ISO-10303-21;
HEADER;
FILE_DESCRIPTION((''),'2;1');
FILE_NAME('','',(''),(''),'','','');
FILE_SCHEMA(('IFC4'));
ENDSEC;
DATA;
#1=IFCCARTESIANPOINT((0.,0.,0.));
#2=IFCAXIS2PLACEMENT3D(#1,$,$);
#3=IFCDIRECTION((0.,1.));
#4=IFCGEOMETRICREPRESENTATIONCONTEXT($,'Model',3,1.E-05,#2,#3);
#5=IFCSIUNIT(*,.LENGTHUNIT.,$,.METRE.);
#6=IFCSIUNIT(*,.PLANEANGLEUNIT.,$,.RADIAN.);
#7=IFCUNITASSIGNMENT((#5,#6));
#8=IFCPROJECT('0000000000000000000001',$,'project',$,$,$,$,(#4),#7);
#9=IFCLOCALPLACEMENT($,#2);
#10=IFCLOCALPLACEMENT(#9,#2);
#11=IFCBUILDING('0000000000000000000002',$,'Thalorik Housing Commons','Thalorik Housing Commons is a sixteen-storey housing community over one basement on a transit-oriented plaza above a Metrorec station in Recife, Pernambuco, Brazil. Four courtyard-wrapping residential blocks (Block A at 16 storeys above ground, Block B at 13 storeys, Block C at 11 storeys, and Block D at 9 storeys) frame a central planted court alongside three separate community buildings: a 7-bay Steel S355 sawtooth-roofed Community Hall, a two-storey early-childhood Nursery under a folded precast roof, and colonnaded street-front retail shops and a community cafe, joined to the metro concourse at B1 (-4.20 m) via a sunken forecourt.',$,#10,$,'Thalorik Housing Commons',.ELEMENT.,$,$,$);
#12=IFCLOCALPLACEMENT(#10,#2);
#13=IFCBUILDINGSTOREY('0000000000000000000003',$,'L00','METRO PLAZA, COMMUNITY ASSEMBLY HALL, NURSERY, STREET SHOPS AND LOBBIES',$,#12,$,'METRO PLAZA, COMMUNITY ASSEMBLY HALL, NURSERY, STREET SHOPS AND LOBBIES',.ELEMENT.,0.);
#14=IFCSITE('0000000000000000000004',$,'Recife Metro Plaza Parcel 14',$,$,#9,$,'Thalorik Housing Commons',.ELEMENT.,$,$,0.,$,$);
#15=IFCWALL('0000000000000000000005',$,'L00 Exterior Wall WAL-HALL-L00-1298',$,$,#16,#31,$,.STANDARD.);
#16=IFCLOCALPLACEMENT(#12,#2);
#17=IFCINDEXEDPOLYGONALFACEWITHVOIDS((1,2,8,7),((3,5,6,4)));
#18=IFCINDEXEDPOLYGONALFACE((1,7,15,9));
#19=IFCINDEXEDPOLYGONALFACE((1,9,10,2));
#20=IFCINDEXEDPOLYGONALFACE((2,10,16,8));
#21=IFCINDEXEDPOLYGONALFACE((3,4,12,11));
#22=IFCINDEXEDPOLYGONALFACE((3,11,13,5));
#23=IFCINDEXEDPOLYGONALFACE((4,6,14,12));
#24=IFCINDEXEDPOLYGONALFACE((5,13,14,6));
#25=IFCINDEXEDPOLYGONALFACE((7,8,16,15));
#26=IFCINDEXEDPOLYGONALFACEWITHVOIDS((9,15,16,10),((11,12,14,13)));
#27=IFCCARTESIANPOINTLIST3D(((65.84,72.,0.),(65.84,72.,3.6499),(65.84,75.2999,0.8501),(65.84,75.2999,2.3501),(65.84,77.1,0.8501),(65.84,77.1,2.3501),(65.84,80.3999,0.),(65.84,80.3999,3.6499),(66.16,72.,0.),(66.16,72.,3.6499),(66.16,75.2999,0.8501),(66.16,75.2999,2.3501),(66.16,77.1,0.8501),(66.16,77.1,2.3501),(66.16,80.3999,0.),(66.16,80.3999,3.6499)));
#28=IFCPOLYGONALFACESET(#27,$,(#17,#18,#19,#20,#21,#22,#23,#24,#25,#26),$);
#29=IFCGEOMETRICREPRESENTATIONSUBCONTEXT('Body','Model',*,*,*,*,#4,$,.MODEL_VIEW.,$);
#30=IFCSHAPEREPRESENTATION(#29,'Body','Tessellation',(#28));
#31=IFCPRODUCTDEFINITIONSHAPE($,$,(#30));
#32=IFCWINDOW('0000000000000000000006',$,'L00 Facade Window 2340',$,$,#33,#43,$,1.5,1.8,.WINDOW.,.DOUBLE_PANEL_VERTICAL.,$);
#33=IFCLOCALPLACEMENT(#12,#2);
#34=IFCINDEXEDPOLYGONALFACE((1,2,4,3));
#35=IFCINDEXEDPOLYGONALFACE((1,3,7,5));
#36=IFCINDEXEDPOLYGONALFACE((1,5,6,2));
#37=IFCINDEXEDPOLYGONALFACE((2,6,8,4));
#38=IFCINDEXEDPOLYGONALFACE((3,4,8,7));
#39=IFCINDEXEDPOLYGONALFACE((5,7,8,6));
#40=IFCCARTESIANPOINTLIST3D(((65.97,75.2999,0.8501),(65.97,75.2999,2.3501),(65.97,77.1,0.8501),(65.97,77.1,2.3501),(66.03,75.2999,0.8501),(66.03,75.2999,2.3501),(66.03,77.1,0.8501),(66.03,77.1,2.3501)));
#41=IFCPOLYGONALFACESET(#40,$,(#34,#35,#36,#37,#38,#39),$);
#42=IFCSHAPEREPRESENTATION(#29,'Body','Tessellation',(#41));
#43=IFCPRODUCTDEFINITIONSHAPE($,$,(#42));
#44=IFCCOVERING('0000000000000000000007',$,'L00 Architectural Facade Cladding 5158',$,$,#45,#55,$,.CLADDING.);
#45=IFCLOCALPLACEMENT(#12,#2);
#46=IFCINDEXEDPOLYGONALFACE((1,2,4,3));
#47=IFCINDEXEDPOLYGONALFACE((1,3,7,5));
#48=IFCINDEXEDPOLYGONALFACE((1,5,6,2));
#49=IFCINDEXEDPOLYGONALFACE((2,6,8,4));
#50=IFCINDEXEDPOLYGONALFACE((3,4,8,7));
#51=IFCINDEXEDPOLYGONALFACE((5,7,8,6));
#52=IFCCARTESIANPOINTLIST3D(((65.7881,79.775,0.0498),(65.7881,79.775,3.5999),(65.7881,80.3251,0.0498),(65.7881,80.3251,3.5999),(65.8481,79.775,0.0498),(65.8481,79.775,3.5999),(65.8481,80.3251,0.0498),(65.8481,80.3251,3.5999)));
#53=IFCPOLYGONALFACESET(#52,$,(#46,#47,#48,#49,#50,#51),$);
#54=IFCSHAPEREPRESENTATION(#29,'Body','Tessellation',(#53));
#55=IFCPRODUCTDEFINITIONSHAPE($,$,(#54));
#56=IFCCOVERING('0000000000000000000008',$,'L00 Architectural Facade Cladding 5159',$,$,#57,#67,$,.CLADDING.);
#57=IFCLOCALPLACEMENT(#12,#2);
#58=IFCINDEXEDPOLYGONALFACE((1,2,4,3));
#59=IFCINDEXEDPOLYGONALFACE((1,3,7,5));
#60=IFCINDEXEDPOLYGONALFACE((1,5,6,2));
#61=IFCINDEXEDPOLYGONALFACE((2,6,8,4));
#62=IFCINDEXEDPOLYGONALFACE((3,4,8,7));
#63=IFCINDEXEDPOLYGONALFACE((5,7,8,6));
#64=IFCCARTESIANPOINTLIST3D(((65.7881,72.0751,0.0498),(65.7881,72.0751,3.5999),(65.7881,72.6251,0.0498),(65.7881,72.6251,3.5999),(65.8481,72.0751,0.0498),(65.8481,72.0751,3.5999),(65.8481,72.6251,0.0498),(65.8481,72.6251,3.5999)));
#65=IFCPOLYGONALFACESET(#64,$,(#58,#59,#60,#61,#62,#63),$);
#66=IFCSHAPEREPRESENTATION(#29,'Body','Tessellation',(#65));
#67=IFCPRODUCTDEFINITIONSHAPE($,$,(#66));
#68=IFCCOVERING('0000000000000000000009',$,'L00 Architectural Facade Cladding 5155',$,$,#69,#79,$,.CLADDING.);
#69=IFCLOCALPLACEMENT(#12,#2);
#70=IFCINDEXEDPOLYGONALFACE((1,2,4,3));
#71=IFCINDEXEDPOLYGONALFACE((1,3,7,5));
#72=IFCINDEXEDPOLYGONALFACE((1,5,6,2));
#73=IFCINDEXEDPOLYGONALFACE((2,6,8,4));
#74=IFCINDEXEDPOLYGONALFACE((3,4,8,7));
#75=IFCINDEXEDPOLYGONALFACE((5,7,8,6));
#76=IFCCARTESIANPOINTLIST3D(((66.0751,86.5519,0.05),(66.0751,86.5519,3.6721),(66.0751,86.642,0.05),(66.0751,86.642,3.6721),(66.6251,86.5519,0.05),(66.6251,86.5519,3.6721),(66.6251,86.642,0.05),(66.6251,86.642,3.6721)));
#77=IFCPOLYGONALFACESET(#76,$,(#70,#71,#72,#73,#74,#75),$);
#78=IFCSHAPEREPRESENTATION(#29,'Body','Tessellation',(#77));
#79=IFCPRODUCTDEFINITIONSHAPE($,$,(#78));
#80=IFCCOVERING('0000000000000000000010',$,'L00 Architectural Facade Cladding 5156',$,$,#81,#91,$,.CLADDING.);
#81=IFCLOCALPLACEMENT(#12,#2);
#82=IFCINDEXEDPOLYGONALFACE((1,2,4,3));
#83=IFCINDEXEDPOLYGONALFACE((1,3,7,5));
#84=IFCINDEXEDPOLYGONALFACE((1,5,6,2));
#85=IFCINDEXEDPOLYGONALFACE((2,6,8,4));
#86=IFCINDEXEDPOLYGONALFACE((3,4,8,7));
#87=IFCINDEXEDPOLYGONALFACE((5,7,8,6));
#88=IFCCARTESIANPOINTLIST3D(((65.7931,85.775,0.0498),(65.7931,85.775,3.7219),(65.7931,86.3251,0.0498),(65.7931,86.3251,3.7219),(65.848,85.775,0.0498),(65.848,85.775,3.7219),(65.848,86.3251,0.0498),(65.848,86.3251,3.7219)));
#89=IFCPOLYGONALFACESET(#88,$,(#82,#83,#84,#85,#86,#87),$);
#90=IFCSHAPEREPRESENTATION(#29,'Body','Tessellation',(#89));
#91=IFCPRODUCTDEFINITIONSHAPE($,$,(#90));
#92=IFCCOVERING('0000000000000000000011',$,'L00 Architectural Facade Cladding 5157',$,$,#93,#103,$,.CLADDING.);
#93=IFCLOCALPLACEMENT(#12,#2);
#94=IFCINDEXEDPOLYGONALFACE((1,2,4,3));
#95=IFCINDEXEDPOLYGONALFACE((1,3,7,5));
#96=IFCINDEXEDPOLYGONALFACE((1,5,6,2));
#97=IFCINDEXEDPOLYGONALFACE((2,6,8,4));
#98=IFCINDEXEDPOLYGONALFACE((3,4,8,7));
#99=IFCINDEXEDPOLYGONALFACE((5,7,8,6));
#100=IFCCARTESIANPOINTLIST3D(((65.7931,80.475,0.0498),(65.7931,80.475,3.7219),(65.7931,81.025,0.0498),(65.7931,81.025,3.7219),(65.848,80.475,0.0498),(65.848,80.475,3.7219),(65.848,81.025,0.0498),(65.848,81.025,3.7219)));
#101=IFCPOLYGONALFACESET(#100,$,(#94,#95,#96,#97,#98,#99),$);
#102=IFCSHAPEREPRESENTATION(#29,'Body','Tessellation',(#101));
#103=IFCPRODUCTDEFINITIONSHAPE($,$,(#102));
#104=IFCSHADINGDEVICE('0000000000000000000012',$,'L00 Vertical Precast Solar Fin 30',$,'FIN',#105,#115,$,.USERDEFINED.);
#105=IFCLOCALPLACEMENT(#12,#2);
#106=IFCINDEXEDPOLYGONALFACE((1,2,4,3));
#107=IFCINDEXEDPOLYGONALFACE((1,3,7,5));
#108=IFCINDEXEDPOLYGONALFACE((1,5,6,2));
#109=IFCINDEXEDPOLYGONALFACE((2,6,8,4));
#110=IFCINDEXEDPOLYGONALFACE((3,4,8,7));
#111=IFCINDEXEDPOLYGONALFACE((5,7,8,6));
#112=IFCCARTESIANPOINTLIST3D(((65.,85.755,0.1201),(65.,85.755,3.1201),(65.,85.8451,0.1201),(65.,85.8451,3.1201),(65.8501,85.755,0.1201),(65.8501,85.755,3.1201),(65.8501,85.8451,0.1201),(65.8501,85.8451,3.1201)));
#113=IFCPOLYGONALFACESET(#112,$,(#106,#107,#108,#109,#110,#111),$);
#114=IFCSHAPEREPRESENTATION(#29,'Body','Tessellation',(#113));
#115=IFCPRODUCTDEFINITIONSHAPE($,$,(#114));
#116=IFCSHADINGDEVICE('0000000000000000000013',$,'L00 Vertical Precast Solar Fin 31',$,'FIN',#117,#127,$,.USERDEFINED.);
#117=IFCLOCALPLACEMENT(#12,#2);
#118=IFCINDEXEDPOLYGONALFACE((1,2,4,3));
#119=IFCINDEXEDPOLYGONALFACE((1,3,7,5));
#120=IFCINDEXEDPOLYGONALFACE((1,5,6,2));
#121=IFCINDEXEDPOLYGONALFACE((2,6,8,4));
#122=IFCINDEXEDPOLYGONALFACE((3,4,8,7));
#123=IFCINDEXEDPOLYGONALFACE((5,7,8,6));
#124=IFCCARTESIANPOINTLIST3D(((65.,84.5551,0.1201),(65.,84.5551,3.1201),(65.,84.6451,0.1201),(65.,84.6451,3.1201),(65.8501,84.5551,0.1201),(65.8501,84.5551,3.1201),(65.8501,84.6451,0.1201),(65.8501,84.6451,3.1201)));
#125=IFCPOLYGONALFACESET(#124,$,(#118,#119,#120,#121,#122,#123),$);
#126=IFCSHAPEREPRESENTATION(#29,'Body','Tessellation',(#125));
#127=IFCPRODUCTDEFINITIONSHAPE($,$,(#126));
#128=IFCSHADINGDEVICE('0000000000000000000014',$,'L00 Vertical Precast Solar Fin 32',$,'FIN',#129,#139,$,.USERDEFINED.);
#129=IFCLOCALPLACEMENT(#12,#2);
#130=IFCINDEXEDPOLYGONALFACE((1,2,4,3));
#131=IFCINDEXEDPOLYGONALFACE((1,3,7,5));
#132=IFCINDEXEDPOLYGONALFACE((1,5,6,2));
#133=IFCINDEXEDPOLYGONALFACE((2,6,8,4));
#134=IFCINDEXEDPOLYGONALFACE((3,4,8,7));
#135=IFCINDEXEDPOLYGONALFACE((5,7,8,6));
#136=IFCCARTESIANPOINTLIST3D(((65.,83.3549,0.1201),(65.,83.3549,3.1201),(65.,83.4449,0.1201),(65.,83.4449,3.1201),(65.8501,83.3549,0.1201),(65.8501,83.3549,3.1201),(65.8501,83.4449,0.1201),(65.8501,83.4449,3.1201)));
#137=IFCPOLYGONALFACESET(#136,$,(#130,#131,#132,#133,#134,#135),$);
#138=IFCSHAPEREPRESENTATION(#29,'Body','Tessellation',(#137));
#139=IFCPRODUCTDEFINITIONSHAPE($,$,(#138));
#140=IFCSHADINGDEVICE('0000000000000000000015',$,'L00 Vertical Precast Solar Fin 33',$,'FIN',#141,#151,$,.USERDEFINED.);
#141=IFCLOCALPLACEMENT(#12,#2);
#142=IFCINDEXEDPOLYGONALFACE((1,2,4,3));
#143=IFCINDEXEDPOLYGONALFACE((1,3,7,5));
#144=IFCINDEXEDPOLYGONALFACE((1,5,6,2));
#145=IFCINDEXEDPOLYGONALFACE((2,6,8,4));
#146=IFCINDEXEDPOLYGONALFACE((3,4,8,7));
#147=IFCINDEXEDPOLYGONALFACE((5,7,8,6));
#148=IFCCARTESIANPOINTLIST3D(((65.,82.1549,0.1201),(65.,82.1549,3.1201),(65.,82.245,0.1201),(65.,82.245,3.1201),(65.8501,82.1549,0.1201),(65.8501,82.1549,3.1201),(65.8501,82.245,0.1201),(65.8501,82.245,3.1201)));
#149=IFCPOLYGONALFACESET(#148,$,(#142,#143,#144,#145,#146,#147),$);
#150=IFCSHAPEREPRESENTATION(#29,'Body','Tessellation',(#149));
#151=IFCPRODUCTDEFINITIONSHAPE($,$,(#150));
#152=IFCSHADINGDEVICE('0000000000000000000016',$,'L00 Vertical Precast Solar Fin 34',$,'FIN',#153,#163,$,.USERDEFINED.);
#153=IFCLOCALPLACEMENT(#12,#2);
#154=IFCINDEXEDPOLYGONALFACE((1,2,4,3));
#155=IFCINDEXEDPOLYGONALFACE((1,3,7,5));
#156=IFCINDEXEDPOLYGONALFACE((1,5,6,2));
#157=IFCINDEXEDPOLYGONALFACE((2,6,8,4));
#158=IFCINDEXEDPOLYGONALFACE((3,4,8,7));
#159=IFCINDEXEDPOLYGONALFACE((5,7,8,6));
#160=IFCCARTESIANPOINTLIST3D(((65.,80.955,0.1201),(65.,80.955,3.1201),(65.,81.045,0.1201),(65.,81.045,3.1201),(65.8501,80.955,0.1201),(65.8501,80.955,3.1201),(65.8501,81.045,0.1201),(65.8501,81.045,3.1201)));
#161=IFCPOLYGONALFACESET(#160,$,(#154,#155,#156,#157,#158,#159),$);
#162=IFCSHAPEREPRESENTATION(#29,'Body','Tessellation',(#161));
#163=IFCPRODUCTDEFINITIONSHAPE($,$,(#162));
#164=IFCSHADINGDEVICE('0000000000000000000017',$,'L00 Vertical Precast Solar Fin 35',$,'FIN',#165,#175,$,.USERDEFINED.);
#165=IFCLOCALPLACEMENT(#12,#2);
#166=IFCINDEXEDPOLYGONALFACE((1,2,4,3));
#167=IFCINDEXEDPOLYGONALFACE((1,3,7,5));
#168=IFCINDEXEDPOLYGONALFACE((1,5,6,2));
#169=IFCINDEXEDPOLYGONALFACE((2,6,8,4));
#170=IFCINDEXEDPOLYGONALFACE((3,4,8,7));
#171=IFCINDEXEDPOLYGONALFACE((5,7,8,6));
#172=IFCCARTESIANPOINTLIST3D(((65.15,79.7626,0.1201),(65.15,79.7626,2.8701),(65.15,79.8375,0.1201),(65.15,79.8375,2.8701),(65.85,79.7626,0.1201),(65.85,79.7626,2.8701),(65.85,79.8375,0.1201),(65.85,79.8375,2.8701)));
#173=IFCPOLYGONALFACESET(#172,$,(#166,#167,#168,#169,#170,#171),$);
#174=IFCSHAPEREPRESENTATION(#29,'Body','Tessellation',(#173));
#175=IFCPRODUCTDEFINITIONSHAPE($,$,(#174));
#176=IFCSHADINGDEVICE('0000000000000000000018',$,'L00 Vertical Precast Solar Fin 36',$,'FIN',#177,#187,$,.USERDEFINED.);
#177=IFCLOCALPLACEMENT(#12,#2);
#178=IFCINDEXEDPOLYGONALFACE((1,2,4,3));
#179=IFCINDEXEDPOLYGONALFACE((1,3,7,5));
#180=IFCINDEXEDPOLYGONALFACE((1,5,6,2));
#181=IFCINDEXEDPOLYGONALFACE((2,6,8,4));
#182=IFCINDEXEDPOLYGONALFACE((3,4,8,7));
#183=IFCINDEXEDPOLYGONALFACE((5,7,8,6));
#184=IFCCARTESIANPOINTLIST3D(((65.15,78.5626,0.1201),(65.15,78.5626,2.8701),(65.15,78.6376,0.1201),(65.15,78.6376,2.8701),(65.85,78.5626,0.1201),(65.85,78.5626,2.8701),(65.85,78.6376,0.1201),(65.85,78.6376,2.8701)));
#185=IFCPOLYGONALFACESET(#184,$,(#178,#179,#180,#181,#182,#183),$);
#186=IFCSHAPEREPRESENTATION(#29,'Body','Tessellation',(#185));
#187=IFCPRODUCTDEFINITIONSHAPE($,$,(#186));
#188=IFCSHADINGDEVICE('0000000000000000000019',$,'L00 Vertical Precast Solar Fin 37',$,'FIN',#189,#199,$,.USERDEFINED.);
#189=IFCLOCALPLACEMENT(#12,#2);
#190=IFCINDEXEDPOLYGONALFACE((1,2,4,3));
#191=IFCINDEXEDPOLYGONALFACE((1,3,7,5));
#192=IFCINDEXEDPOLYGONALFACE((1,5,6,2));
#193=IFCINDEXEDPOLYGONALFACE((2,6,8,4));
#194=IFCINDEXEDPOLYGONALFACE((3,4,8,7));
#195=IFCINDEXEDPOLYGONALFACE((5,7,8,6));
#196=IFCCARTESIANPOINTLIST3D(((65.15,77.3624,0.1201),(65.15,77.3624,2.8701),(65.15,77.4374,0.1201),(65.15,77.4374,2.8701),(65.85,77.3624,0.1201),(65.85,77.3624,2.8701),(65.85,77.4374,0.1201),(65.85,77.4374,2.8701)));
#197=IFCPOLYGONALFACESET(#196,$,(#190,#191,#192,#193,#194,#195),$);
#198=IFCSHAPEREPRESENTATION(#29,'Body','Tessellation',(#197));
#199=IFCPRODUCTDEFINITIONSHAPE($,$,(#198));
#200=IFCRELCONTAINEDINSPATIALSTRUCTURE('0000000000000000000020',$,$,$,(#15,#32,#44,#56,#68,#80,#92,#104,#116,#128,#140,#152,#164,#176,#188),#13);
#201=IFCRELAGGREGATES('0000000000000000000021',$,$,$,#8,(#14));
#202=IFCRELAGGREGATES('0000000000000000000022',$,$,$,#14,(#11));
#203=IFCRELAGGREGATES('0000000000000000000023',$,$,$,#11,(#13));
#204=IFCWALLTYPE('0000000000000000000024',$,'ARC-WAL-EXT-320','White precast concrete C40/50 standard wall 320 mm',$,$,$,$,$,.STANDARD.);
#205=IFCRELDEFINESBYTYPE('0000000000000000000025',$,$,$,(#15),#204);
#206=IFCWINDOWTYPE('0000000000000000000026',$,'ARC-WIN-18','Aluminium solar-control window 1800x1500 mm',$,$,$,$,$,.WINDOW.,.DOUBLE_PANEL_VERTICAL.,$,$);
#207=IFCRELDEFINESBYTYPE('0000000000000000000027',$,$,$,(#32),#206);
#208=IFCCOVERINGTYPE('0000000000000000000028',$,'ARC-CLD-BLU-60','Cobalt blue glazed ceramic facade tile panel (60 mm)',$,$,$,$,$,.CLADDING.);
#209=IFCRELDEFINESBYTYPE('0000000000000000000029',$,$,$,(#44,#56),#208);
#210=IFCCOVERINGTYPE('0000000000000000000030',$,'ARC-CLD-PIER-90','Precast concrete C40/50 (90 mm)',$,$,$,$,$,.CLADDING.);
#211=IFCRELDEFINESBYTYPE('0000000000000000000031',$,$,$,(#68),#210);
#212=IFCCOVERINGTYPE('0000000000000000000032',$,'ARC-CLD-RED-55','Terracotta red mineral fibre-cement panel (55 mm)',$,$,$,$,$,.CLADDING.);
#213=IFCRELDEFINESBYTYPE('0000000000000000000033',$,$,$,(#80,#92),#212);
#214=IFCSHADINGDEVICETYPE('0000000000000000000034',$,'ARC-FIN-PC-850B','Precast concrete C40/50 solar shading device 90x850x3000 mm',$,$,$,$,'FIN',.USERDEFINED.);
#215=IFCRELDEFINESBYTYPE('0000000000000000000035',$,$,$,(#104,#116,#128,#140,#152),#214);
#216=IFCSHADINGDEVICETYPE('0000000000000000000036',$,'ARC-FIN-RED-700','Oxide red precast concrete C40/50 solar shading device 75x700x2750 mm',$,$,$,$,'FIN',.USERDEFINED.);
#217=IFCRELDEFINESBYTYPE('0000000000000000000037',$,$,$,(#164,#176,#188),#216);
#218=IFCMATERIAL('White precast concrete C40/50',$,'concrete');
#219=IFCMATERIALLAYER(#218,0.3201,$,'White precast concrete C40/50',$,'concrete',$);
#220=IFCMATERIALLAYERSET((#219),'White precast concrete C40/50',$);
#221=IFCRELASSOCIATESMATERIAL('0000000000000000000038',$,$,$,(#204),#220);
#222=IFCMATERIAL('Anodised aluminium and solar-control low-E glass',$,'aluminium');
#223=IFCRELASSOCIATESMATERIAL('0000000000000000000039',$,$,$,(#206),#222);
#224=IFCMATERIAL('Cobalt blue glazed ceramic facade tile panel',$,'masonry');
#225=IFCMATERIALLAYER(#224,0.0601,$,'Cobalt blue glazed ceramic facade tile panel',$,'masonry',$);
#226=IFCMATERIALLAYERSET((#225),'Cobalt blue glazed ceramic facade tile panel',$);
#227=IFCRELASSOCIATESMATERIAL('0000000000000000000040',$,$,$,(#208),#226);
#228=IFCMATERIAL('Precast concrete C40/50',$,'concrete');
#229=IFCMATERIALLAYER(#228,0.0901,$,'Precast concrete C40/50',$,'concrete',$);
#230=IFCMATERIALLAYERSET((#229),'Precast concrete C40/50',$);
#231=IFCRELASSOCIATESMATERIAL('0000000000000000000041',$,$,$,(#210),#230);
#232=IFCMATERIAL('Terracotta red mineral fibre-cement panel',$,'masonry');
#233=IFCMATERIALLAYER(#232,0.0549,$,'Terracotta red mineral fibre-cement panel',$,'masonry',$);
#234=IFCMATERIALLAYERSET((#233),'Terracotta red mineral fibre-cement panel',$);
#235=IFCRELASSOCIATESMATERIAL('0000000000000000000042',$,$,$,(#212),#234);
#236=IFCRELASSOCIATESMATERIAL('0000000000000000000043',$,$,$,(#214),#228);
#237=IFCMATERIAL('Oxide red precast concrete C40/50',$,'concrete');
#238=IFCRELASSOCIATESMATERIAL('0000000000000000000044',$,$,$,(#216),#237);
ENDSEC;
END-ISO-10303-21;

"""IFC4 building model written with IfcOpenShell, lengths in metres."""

from ifc_helpers import new_model, si_unit, direction, frame, frame_2d, origin, origin_2d, place, context, subcontext, project, spatial, rectangle, extrude, material, layer, layer_set, type_object, element, fill, save


model = new_model("IFC4")

# Units and contexts
model_context = context("Model", 3, precision=1e-05, world=origin(), true_north=direction((0.0, 1.0)))
body_context = subcontext(model_context, "Body", "Model", "MODEL_VIEW")
ifc_project = project(units=[si_unit("LENGTHUNIT", "METRE"), si_unit("PLANEANGLEUNIT", "RADIAN")], contexts=[model_context])

# Site, building, storey
site_placement = place(None, origin())
site = spatial("IfcSite", under=ifc_project, at=site_placement, Name="Recife Metro Plaza Parcel 14", LongName="Thalorik Housing Commons", CompositionType="ELEMENT", RefElevation=0.0)
building_placement = place(site_placement, origin())
building = spatial("IfcBuilding", under=site, at=building_placement, Name="Thalorik Housing Commons", Description="Thalorik Housing Commons is a sixteen-storey housing community over one basement on a transit-oriented plaza above a Metrorec station in Recife, Pernambuco, Brazil. Four courtyard-wrapping residential blocks (Block A at 16 storeys above ground, Block B at 13 storeys, Block C at 11 storeys, and Block D at 9 storeys) frame a central planted court alongside three separate community buildings: a 7-bay Steel S355 sawtooth-roofed Community Hall, a two-storey early-childhood Nursery under a folded precast roof, and colonnaded street-front retail shops and a community cafe, joined to the metro concourse at B1 (-4.20 m) via a sunken forecourt.", LongName="Thalorik Housing Commons", CompositionType="ELEMENT")
storey_placement = place(building_placement, origin())
storey = spatial("IfcBuildingStorey", under=building, at=storey_placement, Name="L00", Description="METRO PLAZA, COMMUNITY ASSEMBLY HALL, NURSERY, STREET SHOPS AND LOBBIES", LongName="METRO PLAZA, COMMUNITY ASSEMBLY HALL, NURSERY, STREET SHOPS AND LOBBIES", CompositionType="ELEMENT", Elevation=0.0)

# Shared definitions
ifc_material_1 = material(Name="Precast concrete C40/50", Category="concrete")

# Wall, opening, window
ifc_material_2 = material(Name="White precast concrete C40/50", Category="concrete")
ifc_layer_1 = layer(ifc_material_2, 0.3201, Name="White precast concrete C40/50", Category="concrete")
ifc_layer_set_1 = layer_set([ifc_layer_1], Name="White precast concrete C40/50")
wall_type = type_object("IfcWallType", Name="ARC-WAL-EXT-320", Description="White precast concrete C40/50 standard wall 320 mm", PredefinedType="STANDARD", material=ifc_layer_set_1)
ifc_material_3 = material(Name="Anodised aluminium and solar-control low-E glass", Category="aluminium")
wall_1_placement = place(storey_placement, frame((66.0, 80.3999, 0.0), z_axis=(0.0, 0.0, 1.0), x_axis=(0.0, -1.0, 0.0)))
wall_1 = element("IfcWall", 1, at=wall_1_placement, inside=storey, type_object=wall_type, Name="L00 Exterior Wall WAL-HALL-L00-1298", PredefinedType="STANDARD", context=body_context, shape_type="SweptSolid", body=[
    extrude(rectangle(XDim=8.3999, YDim=0.3201, at=frame_2d((4.2, 0.0))), origin(), (0.0, 0.0, 1.0), 3.6499),
])
opening_1_placement = place(wall_1_placement, frame((3.3, 0.0, 0.8501)))
opening_1 = element("IfcOpeningElement", 2, at=opening_1_placement, cuts=wall_1, PredefinedType="OPENING", context=body_context, shape_type="SweptSolid", body=[
    extrude(rectangle(XDim=1.8, YDim=1.5, at=frame_2d((0.8999, 0.75))), frame((0.0, 0.1699, 0.0), z_axis=(0.0, -1.0, 0.0), x_axis=(1.0, 0.0, 0.0)), (0.0, 0.0, 1.0), 0.3401),
])
window_type_1 = type_object("IfcWindowType", Name="ARC-WIN-18", Description="Aluminium solar-control window 1800x1500 mm", PartitioningType="DOUBLE_PANEL_VERTICAL", PredefinedType="WINDOW", material=ifc_material_3)
window_1_placement = place(opening_1_placement, origin())
window_1 = element("IfcWindow", 3, at=window_1_placement, inside=storey, type_object=window_type_1, Name="L00 Facade Window 2340", OverallHeight=1.5, OverallWidth=1.8, PartitioningType="DOUBLE_PANEL_VERTICAL", PredefinedType="WINDOW", context=body_context, shape_type="SweptSolid", body=[
    extrude(rectangle(XDim=1.8, YDim=1.5, at=frame_2d((0.8999, 0.75))), frame((0.0, 0.03, 0.0), z_axis=(0.0, -1.0, 0.0), x_axis=(1.0, 0.0, 0.0)), (0.0, 0.0, 1.0), 0.0601),
])
fill(opening_1, window_1)

# Coverings
ifc_material_4 = material(Name="Cobalt blue glazed ceramic facade tile panel", Category="masonry")
ifc_layer_2 = layer(ifc_material_4, 0.0601, Name="Cobalt blue glazed ceramic facade tile panel", Category="masonry")
ifc_layer_set_2 = layer_set([ifc_layer_2], Name="Cobalt blue glazed ceramic facade tile panel")
covering_type_1 = type_object("IfcCoveringType", Name="ARC-CLD-BLU-60", Description="Cobalt blue glazed ceramic facade tile panel (60 mm)", PredefinedType="CLADDING", material=ifc_layer_set_2)
for number, where, z_axis, x_axis, name in (
    (4, (65.8181, 80.05, 0.0498), (0.0, 0.0, 1.0), (0.0, -1.0, 0.0), "L00 Architectural Facade Cladding 5158"),
    (5, (65.8181, 72.3501, 0.0498), (0.0, 0.0, 1.0), (0.0, -1.0, 0.0), "L00 Architectural Facade Cladding 5159"),
):
    element("IfcCovering", number, at=place(storey_placement, frame(where, z_axis=z_axis, x_axis=x_axis)), inside=storey, type_object=covering_type_1, Name=name, PredefinedType="CLADDING", context=body_context, shape_type="SweptSolid", body=[
        extrude(rectangle(XDim=0.55, YDim=0.0601, at=origin_2d()), origin(), (0.0, 0.0, 1.0), 3.55),
    ])
ifc_layer_3 = layer(ifc_material_1, 0.0901, Name="Precast concrete C40/50", Category="concrete")
ifc_layer_set_3 = layer_set([ifc_layer_3], Name="Precast concrete C40/50")
covering_type_2 = type_object("IfcCoveringType", Name="ARC-CLD-PIER-90", Description="Precast concrete C40/50 (90 mm)", PredefinedType="CLADDING", material=ifc_layer_set_3)
covering_placement = place(storey_placement, frame((66.3501, 86.5969, 0.05), z_axis=(0.0, 0.0, 1.0), x_axis=(-1.0, 0.0, 0.0)))
element("IfcCovering", 6, at=covering_placement, inside=storey, type_object=covering_type_2, Name="L00 Architectural Facade Cladding 5155", PredefinedType="CLADDING", context=body_context, shape_type="SweptSolid", body=[
    extrude(rectangle(XDim=0.55, YDim=0.0901, at=origin_2d()), origin(), (0.0, 0.0, 1.0), 3.6221),
])
ifc_material_5 = material(Name="Terracotta red mineral fibre-cement panel", Category="masonry")
ifc_layer_4 = layer(ifc_material_5, 0.0549, Name="Terracotta red mineral fibre-cement panel", Category="masonry")
ifc_layer_set_4 = layer_set([ifc_layer_4], Name="Terracotta red mineral fibre-cement panel")
covering_type_3 = type_object("IfcCoveringType", Name="ARC-CLD-RED-55", Description="Terracotta red mineral fibre-cement panel (55 mm)", PredefinedType="CLADDING", material=ifc_layer_set_4)
for number, where, z_axis, x_axis, name in (
    (7, (65.8206, 86.05, 0.0498), (0.0, 0.0, 1.0), (0.0, -1.0, 0.0), "L00 Architectural Facade Cladding 5156"),
    (8, (65.8206, 80.75, 0.0498), (0.0, 0.0, 1.0), (0.0, -1.0, 0.0), "L00 Architectural Facade Cladding 5157"),
):
    element("IfcCovering", number, at=place(storey_placement, frame(where, z_axis=z_axis, x_axis=x_axis)), inside=storey, type_object=covering_type_3, Name=name, PredefinedType="CLADDING", context=body_context, shape_type="SweptSolid", body=[
        extrude(rectangle(XDim=0.55, YDim=0.0549, at=origin_2d()), origin(), (0.0, 0.0, 1.0), 3.6721),
    ])

# Shading devices
shading_device_type_1 = type_object("IfcShadingDeviceType", Name="ARC-FIN-PC-850B", Description="Precast concrete C40/50 solar shading device 90x850x3000 mm", ElementType="FIN", PredefinedType="USERDEFINED", material=ifc_material_1)
for number, where, z_axis, x_axis, name in (
    (9, (65.425, 85.8, 0.1201), (0.0, 0.0, 1.0), (0.0, -1.0, 0.0), "L00 Vertical Precast Solar Fin 30"),
    (10, (65.425, 84.6001, 0.1201), (0.0, 0.0, 1.0), (0.0, -1.0, 0.0), "L00 Vertical Precast Solar Fin 31"),
    (11, (65.425, 83.3999, 0.1201), (0.0, 0.0, 1.0), (0.0, -1.0, 0.0), "L00 Vertical Precast Solar Fin 32"),
    (12, (65.425, 82.2, 0.1201), (0.0, 0.0, 1.0), (0.0, -1.0, 0.0), "L00 Vertical Precast Solar Fin 33"),
    (13, (65.425, 81.0, 0.1201), (0.0, 0.0, 1.0), (0.0, -1.0, 0.0), "L00 Vertical Precast Solar Fin 34"),
):
    element("IfcShadingDevice", number, at=place(storey_placement, frame(where, z_axis=z_axis, x_axis=x_axis)), inside=storey, type_object=shading_device_type_1, Name=name, ObjectType="FIN", PredefinedType="USERDEFINED", context=body_context, shape_type="SweptSolid", body=[
        extrude(rectangle(XDim=0.0901, YDim=0.8501, at=origin_2d()), origin(), (0.0, 0.0, 1.0), 3.0),
    ])
ifc_material_6 = material(Name="Oxide red precast concrete C40/50", Category="concrete")
shading_device_type_2 = type_object("IfcShadingDeviceType", Name="ARC-FIN-RED-700", Description="Oxide red precast concrete C40/50 solar shading device 75x700x2750 mm", ElementType="FIN", PredefinedType="USERDEFINED", material=ifc_material_6)
for number, where, z_axis, x_axis, name in (
    (14, (65.5, 79.8, 0.1201), (0.0, 0.0, 1.0), (0.0, -1.0, 0.0), "L00 Vertical Precast Solar Fin 35"),
    (15, (65.5, 78.6001, 0.1201), (0.0, 0.0, 1.0), (0.0, -1.0, 0.0), "L00 Vertical Precast Solar Fin 36"),
    (16, (65.5, 77.3999, 0.1201), (0.0, 0.0, 1.0), (0.0, -1.0, 0.0), "L00 Vertical Precast Solar Fin 37"),
):
    element("IfcShadingDevice", number, at=place(storey_placement, frame(where, z_axis=z_axis, x_axis=x_axis)), inside=storey, type_object=shading_device_type_2, Name=name, ObjectType="FIN", PredefinedType="USERDEFINED", context=body_context, shape_type="SweptSolid", body=[
        extrude(rectangle(XDim=0.075, YDim=0.7, at=origin_2d()), origin(), (0.0, 0.0, 1.0), 2.75),
    ])

save(model, "model.ifc")
